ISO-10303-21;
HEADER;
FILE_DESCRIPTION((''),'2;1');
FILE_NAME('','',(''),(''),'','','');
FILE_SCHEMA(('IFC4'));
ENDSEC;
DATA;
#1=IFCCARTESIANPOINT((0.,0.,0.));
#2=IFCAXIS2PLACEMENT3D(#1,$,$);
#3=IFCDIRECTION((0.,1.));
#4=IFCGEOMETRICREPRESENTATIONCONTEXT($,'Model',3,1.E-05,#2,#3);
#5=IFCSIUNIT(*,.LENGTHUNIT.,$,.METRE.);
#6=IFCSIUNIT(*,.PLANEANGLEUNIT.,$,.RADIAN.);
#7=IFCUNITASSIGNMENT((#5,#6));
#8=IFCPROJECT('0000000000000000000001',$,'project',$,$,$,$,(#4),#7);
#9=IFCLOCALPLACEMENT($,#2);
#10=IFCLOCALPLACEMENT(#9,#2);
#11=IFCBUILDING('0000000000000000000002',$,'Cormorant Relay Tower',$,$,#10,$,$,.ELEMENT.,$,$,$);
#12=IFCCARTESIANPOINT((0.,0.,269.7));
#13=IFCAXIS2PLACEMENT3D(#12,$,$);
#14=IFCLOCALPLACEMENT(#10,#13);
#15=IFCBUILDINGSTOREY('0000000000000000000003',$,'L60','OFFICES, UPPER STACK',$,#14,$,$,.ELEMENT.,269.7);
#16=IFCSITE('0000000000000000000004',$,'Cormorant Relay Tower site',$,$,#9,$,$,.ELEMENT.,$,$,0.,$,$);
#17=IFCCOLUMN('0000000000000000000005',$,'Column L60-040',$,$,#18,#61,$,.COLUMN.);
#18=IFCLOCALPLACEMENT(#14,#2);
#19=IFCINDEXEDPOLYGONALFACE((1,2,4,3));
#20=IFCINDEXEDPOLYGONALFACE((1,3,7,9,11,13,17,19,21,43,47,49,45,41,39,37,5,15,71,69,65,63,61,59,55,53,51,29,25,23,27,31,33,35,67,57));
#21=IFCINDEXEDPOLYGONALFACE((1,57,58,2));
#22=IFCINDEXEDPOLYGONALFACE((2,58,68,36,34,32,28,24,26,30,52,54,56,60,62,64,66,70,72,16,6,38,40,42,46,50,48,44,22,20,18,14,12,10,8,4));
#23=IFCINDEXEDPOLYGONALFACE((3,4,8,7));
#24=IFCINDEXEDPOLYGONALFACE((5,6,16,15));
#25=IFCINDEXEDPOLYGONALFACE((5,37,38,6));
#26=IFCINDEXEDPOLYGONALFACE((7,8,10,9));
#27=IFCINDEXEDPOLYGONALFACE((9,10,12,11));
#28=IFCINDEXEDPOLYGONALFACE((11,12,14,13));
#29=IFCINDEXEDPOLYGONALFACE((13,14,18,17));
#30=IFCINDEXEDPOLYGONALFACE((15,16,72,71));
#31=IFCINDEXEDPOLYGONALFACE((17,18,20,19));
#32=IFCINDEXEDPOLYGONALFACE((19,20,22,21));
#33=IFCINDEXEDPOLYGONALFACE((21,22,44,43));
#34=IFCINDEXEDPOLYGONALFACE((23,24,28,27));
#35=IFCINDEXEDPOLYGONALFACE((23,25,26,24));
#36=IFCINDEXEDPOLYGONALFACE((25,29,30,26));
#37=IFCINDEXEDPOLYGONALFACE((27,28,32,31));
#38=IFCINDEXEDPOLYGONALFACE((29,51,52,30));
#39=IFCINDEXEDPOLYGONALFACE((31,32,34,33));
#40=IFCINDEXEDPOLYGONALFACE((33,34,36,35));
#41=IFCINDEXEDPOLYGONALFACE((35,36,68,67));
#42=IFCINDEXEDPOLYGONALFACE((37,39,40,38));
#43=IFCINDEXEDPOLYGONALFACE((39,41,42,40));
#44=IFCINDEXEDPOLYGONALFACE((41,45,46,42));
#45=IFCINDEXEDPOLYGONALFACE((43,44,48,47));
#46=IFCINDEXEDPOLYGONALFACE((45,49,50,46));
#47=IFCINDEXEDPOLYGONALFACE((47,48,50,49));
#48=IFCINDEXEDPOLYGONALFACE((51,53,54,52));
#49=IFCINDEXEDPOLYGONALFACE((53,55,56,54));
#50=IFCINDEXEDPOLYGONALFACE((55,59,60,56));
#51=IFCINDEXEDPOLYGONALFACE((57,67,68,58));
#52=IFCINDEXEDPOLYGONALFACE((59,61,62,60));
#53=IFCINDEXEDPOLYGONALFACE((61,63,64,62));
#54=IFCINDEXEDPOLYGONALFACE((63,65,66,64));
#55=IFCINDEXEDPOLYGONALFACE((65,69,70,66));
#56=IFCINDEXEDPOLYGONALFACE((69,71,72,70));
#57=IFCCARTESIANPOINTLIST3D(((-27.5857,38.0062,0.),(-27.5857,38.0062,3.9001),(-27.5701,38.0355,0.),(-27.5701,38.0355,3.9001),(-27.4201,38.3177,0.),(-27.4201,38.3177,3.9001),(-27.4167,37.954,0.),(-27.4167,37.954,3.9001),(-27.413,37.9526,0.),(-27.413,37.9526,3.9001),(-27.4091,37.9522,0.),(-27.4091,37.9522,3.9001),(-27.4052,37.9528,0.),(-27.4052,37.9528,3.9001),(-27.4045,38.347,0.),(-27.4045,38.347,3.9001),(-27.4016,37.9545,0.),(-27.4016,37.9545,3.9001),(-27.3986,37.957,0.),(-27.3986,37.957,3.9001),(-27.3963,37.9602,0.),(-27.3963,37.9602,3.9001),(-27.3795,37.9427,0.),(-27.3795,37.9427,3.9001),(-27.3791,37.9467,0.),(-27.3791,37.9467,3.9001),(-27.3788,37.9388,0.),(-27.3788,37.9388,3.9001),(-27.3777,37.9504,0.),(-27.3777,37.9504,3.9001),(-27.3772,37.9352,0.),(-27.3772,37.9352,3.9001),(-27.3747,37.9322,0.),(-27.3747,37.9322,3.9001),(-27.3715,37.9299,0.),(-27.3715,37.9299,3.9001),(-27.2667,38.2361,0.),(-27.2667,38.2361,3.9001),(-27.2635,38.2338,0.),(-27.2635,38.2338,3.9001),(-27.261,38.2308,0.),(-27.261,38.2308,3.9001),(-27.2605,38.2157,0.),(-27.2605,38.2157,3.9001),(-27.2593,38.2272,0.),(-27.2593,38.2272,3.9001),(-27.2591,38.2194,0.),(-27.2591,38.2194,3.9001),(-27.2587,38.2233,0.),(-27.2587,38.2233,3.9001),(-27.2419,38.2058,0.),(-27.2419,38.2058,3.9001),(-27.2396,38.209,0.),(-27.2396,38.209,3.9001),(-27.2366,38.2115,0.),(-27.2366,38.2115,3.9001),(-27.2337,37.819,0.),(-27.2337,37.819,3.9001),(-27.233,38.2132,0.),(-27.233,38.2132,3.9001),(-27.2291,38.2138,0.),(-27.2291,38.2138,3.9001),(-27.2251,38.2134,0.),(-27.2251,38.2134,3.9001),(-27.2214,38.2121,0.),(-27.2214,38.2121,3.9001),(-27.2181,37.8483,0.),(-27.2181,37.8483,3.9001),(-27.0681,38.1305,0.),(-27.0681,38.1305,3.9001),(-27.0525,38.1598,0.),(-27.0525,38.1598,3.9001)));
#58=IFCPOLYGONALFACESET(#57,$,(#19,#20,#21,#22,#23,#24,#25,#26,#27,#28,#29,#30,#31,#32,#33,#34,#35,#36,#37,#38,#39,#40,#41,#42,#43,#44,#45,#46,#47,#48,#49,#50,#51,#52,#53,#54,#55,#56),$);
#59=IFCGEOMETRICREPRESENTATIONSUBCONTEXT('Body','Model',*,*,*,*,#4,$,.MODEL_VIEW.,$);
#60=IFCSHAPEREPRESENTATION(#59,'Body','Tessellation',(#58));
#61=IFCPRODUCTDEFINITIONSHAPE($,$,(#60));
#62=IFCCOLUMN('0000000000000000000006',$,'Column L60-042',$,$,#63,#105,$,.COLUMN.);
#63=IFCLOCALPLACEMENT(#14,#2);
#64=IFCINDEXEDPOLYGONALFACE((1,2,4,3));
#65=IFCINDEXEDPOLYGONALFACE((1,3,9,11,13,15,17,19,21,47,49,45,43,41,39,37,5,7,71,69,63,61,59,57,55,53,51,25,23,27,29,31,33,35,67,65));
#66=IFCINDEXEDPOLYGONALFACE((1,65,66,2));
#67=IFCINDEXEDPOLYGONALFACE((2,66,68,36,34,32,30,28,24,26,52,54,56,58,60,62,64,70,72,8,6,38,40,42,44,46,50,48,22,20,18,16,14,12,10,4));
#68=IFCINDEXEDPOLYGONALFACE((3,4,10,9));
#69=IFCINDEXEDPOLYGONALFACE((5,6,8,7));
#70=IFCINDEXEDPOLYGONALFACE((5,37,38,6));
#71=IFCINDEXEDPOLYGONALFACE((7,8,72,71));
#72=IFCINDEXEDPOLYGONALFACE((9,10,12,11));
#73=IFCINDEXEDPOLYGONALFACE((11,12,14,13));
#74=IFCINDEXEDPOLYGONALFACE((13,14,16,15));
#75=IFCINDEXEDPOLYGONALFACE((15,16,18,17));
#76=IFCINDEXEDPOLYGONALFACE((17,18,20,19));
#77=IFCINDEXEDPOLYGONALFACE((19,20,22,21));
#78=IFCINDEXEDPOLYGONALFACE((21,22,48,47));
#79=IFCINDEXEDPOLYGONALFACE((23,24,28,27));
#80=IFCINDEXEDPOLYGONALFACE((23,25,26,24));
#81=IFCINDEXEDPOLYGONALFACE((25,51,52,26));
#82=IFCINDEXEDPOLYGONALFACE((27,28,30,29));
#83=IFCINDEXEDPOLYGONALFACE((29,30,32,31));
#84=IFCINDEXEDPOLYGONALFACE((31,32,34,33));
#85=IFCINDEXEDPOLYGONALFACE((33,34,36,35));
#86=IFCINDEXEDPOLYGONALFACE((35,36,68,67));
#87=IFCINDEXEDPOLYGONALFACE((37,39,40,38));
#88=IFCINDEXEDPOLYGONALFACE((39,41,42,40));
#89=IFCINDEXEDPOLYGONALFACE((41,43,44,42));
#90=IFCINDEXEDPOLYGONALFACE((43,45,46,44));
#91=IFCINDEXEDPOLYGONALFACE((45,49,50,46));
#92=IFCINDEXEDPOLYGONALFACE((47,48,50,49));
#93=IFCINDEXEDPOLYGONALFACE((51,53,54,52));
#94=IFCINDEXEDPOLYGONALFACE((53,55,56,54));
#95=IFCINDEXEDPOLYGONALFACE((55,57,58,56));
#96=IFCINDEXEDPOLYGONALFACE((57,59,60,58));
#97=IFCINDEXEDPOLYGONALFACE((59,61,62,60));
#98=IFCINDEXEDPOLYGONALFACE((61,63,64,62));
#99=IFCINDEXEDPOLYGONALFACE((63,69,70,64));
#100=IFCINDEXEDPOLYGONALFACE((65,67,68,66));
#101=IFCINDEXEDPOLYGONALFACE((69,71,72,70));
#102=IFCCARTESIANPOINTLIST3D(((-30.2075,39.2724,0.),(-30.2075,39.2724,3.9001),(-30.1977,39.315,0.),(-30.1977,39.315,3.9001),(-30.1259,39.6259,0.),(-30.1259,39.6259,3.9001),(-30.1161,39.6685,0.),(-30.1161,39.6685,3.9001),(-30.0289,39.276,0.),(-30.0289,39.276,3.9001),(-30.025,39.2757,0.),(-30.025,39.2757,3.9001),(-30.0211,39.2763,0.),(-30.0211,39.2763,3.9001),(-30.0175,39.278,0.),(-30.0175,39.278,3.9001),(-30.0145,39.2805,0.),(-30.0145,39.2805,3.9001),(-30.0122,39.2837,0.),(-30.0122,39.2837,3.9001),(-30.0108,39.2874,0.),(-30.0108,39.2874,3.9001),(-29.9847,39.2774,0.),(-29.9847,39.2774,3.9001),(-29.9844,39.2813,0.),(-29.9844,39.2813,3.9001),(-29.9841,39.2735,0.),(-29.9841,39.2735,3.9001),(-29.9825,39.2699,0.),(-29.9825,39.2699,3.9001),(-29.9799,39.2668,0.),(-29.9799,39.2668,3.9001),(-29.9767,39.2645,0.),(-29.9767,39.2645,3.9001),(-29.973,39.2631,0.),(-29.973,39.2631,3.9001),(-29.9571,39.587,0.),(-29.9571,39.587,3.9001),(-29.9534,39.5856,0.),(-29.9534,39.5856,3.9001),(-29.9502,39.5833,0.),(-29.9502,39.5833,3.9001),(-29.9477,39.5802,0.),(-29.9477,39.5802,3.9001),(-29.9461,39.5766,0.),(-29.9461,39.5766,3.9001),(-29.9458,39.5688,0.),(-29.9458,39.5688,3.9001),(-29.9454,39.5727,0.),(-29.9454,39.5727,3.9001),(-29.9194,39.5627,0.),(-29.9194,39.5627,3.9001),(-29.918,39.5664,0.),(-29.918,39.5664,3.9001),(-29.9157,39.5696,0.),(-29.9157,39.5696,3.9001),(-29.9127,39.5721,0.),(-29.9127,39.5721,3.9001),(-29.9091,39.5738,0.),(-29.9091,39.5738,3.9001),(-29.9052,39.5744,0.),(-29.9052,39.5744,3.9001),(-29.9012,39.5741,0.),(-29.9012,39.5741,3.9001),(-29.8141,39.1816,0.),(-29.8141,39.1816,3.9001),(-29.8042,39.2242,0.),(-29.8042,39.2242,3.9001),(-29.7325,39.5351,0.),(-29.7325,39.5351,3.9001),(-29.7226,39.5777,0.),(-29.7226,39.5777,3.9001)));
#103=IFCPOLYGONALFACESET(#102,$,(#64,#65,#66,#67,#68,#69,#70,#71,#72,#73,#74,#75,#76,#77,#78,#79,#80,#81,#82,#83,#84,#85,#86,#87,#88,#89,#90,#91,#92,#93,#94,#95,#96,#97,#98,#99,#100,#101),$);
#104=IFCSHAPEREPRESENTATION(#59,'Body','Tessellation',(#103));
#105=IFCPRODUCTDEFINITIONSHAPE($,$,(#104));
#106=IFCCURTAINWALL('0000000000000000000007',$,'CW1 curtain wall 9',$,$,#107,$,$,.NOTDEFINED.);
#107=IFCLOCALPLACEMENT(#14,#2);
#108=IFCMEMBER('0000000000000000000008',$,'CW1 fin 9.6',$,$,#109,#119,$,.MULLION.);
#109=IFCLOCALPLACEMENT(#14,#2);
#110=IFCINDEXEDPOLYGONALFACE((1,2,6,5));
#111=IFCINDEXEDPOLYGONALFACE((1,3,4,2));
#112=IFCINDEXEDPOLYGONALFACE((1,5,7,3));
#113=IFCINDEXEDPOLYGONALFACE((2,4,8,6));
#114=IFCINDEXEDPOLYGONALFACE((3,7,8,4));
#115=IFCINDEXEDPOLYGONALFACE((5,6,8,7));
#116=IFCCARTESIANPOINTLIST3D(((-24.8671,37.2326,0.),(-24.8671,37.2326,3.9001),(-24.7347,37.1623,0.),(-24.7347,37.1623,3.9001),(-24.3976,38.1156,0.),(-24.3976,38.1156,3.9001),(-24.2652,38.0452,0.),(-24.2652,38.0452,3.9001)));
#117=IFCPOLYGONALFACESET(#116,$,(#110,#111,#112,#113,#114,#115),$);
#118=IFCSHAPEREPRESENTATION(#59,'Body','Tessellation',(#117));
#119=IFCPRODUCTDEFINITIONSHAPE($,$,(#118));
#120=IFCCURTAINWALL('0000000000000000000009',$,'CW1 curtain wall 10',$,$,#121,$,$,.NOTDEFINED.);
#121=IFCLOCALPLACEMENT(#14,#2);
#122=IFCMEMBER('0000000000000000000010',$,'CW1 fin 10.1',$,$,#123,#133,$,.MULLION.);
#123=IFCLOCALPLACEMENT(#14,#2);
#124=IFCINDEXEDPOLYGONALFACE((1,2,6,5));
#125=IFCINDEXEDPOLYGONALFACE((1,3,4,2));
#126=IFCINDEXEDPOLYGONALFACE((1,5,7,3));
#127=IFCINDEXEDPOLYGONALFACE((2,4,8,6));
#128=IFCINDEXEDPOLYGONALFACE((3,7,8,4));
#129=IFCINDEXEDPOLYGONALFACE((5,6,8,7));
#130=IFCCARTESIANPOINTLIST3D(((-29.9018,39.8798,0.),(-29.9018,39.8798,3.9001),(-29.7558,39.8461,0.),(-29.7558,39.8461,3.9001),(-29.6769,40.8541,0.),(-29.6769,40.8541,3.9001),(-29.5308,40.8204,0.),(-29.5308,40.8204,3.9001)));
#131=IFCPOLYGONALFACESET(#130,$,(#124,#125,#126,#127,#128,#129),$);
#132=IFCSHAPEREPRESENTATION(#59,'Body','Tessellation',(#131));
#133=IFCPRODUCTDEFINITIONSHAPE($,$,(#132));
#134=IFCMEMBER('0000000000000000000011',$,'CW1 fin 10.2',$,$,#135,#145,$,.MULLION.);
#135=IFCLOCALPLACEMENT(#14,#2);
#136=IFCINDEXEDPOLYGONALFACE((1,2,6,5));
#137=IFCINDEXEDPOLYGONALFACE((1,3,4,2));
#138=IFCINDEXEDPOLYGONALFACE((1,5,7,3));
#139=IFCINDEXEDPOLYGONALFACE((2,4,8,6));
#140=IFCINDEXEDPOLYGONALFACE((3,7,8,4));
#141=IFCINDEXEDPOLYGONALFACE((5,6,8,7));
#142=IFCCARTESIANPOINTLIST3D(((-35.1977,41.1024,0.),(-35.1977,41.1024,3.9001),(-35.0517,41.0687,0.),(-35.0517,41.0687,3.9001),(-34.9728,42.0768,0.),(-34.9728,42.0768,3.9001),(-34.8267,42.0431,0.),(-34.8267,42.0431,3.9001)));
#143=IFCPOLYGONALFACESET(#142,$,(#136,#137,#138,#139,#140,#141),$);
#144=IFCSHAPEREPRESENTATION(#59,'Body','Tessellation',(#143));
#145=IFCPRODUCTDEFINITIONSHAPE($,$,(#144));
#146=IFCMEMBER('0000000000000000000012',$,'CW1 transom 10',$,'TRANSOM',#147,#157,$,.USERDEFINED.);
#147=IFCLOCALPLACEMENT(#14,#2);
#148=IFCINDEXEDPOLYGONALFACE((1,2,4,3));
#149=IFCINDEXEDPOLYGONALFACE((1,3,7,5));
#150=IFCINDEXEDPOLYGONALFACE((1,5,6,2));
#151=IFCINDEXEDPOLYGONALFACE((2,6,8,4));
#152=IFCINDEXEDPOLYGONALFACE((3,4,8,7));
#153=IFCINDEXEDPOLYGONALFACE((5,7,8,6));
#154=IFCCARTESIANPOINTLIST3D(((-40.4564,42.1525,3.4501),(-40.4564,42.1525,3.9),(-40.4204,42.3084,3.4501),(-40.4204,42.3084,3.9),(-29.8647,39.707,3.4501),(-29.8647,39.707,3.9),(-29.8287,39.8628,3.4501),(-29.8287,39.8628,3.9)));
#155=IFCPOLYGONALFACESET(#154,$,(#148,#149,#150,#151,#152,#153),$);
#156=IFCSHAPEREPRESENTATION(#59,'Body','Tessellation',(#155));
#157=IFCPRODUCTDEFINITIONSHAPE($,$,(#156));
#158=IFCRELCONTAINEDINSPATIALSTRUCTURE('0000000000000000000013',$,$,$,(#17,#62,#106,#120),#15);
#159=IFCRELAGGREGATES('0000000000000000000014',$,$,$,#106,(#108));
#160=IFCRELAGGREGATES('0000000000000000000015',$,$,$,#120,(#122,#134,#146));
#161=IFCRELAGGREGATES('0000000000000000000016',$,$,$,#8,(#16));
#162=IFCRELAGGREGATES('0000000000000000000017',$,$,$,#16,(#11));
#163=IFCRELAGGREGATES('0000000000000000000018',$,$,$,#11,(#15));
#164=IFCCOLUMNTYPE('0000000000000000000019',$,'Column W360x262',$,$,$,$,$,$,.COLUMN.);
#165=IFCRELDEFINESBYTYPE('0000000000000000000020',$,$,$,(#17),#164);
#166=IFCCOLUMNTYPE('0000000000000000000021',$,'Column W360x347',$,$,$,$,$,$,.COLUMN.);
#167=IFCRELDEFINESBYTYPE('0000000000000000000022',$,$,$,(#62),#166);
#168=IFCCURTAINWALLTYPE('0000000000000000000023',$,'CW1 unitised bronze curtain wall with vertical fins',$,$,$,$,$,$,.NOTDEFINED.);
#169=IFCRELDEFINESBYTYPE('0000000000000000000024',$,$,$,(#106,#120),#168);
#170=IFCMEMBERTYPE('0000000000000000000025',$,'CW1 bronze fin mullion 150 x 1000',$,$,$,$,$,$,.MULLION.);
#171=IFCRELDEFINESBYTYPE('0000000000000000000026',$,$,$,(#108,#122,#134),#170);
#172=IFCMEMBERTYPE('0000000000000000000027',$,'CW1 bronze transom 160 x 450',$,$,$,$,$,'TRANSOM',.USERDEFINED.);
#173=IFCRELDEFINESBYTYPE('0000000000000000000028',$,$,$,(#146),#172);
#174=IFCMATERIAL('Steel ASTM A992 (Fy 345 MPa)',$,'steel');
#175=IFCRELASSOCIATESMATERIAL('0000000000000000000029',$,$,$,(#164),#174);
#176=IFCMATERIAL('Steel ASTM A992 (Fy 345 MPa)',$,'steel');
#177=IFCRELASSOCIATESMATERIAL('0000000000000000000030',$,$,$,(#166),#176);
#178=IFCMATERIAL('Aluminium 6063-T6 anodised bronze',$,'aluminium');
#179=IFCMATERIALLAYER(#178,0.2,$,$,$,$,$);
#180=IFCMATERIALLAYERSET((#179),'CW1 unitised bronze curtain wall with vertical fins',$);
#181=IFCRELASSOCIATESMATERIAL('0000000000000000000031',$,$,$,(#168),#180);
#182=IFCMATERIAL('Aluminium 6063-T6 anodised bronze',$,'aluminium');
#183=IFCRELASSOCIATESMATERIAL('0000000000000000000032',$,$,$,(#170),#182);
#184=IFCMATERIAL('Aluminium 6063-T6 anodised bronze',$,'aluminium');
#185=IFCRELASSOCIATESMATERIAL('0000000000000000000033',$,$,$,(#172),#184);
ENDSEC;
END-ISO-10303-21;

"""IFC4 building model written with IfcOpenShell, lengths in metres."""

from ifc_helpers import new_model, si_unit, direction, frame, origin, origin_2d, place, context, subcontext, project, spatial, rectangle, i_section, extrude, material, layer, layer_set, material_profile, profile_set, type_object, element, aggregate, save


model = new_model("IFC4")

# Units and contexts
model_context = context("Model", 3, precision=1e-05, world=origin(), true_north=direction((0.0, 1.0)))
body_context = subcontext(model_context, "Body", "Model", "MODEL_VIEW")
ifc_project = project(units=[si_unit("LENGTHUNIT", "METRE"), si_unit("PLANEANGLEUNIT", "RADIAN")], contexts=[model_context])

# Site, building, storey
site_placement = place(None, origin())
site = spatial("IfcSite", under=ifc_project, at=site_placement, Name="Cormorant Relay Tower site", CompositionType="ELEMENT", RefElevation=0.0)
building_placement = place(site_placement, origin())
building = spatial("IfcBuilding", under=site, at=building_placement, Name="Cormorant Relay Tower", CompositionType="ELEMENT")
storey_placement = place(building_placement, frame((0.0, 0.0, 269.7)))
storey = spatial("IfcBuildingStorey", under=building, at=storey_placement, Name="L60", Description="OFFICES, UPPER STACK", CompositionType="ELEMENT", Elevation=269.7)

# Columns
ifc_material_1 = material(Name="Steel ASTM A992 (Fy 345 MPa)", Category="steel")
ifc_material_profile_1 = material_profile(ifc_material_1, i_section(OverallWidth=0.3987, OverallDepth=0.386, WebThickness=0.021, FlangeThickness=0.0332, FilletRadius=0.0151, at=origin_2d()), Name="W360x262")
ifc_profile_set_1 = profile_set([ifc_material_profile_1], Name="Steel ASTM A992 (Fy 345 MPa)")
column_type_1 = type_object("IfcColumnType", Name="Column W360x262", PredefinedType="COLUMN", material=ifc_profile_set_1)
column_1_placement = place(storey_placement, frame((-27.3191, 38.083, 0.0), z_axis=(0.0, 0.0, 1.0), x_axis=(-0.882948, 0.469472, 0.0)))
element("IfcColumn", 1, at=column_1_placement, inside=storey, type_object=column_type_1, Name="Column L60-040", PredefinedType="COLUMN", context=body_context, shape_type="SweptSolid", body=[
    extrude(i_section(OverallWidth=0.3987, OverallDepth=0.386, WebThickness=0.021, FlangeThickness=0.0332, FilletRadius=0.0151, at=origin_2d()), origin(), (0.0, 0.0, 1.0), 3.9001),
])
ifc_material_2 = material(Name="Steel ASTM A992 (Fy 345 MPa)", Category="steel")
ifc_material_profile_2 = material_profile(ifc_material_2, i_section(OverallWidth=0.4038, OverallDepth=0.4065, WebThickness=0.0271, FlangeThickness=0.0437, FilletRadius=0.0151, at=origin_2d()), Name="W360x347")
ifc_profile_set_2 = profile_set([ifc_material_profile_2], Name="Steel ASTM A992 (Fy 345 MPa)")
column_type_2 = type_object("IfcColumnType", Name="Column W360x347", PredefinedType="COLUMN", material=ifc_profile_set_2)
column_2_placement = place(storey_placement, frame((-29.9651, 39.425, 0.0), z_axis=(0.0, 0.0, 1.0), x_axis=(-0.97437, 0.224951, 0.0)))
element("IfcColumn", 2, at=column_2_placement, inside=storey, type_object=column_type_2, Name="Column L60-042", PredefinedType="COLUMN", context=body_context, shape_type="SweptSolid", body=[
    extrude(i_section(OverallWidth=0.4038, OverallDepth=0.4065, WebThickness=0.0271, FlangeThickness=0.0437, FilletRadius=0.0151, at=origin_2d()), origin(), (0.0, 0.0, 1.0), 3.9001),
])

# Curtain wall, member
ifc_material_3 = material(Name="Aluminium 6063-T6 anodised bronze", Category="aluminium")
ifc_layer_1 = layer(ifc_material_3, 0.2)
ifc_layer_set_1 = layer_set([ifc_layer_1], Name="CW1 unitised bronze curtain wall with vertical fins")
curtain_wall_type = type_object("IfcCurtainWallType", Name="CW1 unitised bronze curtain wall with vertical fins", PredefinedType="NOTDEFINED", material=ifc_layer_set_1)
curtain_wall_1_placement = place(storey_placement, origin())
curtain_wall_1 = element("IfcCurtainWall", 3, at=curtain_wall_1_placement, inside=storey, type_object=curtain_wall_type, Name="CW1 curtain wall 9", PredefinedType="NOTDEFINED")
ifc_material_4 = material(Name="Aluminium 6063-T6 anodised bronze", Category="aluminium")
ifc_material_profile_3 = material_profile(ifc_material_4, rectangle(XDim=0.1499, YDim=1.0, at=origin_2d()), Name="AL 150x1000")
ifc_profile_set_3 = profile_set([ifc_material_profile_3], Name="Aluminium 6063-T6 anodised bronze")
member_type_1 = type_object("IfcMemberType", Name="CW1 bronze fin mullion 150 x 1000", PredefinedType="MULLION", material=ifc_profile_set_3)
member_1_placement = place(storey_placement, frame((-24.5662, 37.6389, 0.0), z_axis=(0.0, 0.0, 1.0), x_axis=(-0.882948, 0.469472, 0.0)))
member_1 = element("IfcMember", 4, at=member_1_placement, type_object=member_type_1, Name="CW1 fin 9.6", PredefinedType="MULLION", context=body_context, shape_type="SweptSolid", body=[
    extrude(rectangle(XDim=0.1499, YDim=1.0, at=origin_2d()), origin(), (0.0, 0.0, 1.0), 3.9001),
])

# Curtain wall, members
curtain_wall_2_placement = place(storey_placement, origin())
curtain_wall_2 = element("IfcCurtainWall", 5, at=curtain_wall_2_placement, inside=storey, type_object=curtain_wall_type, Name="CW1 curtain wall 10", PredefinedType="NOTDEFINED")
member_2_placement = place(storey_placement, frame((-29.7163, 40.3501, 0.0), z_axis=(0.0, 0.0, 1.0), x_axis=(-0.97437, 0.224951, 0.0)))
member_2 = element("IfcMember", 6, at=member_2_placement, type_object=member_type_1, Name="CW1 fin 10.1", PredefinedType="MULLION", context=body_context, shape_type="SweptSolid", body=[
    extrude(rectangle(XDim=0.1499, YDim=1.0, at=origin_2d()), origin(), (0.0, 0.0, 1.0), 3.9001),
])
member_3_placement = place(storey_placement, frame((-35.0122, 41.5728, 0.0), z_axis=(0.0, 0.0, 1.0), x_axis=(-0.97437, 0.224951, 0.0)))
member_3 = element("IfcMember", 7, at=member_3_placement, type_object=member_type_1, Name="CW1 fin 10.2", PredefinedType="MULLION", context=body_context, shape_type="SweptSolid", body=[
    extrude(rectangle(XDim=0.1499, YDim=1.0, at=origin_2d()), origin(), (0.0, 0.0, 1.0), 3.9001),
])
ifc_material_5 = material(Name="Aluminium 6063-T6 anodised bronze", Category="aluminium")
ifc_material_profile_4 = material_profile(ifc_material_5, rectangle(XDim=0.1599, YDim=0.45, at=origin_2d()), Name="AL 160x450")
ifc_profile_set_4 = profile_set([ifc_material_profile_4], Name="Aluminium 6063-T6 anodised bronze")
member_type_2 = type_object("IfcMemberType", Name="CW1 bronze transom 160 x 450", ElementType="TRANSOM", PredefinedType="USERDEFINED", material=ifc_profile_set_4)
member_4_placement = place(storey_placement, frame((-29.8467, 39.7849, 3.675), z_axis=(-0.974365, 0.224973, 0.0), x_axis=(-0.224973, -0.974365, 0.0)))
member_4 = element("IfcMember", 8, at=member_4_placement, type_object=member_type_2, Name="CW1 transom 10", ObjectType="TRANSOM", PredefinedType="USERDEFINED", context=body_context, shape_type="SweptSolid", body=[
    extrude(rectangle(XDim=0.1599, YDim=0.45, at=origin_2d()), origin(), (0.0, 0.0, 1.0), 10.8704),
])

aggregate(curtain_wall_1, [member_1])
aggregate(curtain_wall_2, [member_2, member_3, member_4])

save(model, "model.ifc")
